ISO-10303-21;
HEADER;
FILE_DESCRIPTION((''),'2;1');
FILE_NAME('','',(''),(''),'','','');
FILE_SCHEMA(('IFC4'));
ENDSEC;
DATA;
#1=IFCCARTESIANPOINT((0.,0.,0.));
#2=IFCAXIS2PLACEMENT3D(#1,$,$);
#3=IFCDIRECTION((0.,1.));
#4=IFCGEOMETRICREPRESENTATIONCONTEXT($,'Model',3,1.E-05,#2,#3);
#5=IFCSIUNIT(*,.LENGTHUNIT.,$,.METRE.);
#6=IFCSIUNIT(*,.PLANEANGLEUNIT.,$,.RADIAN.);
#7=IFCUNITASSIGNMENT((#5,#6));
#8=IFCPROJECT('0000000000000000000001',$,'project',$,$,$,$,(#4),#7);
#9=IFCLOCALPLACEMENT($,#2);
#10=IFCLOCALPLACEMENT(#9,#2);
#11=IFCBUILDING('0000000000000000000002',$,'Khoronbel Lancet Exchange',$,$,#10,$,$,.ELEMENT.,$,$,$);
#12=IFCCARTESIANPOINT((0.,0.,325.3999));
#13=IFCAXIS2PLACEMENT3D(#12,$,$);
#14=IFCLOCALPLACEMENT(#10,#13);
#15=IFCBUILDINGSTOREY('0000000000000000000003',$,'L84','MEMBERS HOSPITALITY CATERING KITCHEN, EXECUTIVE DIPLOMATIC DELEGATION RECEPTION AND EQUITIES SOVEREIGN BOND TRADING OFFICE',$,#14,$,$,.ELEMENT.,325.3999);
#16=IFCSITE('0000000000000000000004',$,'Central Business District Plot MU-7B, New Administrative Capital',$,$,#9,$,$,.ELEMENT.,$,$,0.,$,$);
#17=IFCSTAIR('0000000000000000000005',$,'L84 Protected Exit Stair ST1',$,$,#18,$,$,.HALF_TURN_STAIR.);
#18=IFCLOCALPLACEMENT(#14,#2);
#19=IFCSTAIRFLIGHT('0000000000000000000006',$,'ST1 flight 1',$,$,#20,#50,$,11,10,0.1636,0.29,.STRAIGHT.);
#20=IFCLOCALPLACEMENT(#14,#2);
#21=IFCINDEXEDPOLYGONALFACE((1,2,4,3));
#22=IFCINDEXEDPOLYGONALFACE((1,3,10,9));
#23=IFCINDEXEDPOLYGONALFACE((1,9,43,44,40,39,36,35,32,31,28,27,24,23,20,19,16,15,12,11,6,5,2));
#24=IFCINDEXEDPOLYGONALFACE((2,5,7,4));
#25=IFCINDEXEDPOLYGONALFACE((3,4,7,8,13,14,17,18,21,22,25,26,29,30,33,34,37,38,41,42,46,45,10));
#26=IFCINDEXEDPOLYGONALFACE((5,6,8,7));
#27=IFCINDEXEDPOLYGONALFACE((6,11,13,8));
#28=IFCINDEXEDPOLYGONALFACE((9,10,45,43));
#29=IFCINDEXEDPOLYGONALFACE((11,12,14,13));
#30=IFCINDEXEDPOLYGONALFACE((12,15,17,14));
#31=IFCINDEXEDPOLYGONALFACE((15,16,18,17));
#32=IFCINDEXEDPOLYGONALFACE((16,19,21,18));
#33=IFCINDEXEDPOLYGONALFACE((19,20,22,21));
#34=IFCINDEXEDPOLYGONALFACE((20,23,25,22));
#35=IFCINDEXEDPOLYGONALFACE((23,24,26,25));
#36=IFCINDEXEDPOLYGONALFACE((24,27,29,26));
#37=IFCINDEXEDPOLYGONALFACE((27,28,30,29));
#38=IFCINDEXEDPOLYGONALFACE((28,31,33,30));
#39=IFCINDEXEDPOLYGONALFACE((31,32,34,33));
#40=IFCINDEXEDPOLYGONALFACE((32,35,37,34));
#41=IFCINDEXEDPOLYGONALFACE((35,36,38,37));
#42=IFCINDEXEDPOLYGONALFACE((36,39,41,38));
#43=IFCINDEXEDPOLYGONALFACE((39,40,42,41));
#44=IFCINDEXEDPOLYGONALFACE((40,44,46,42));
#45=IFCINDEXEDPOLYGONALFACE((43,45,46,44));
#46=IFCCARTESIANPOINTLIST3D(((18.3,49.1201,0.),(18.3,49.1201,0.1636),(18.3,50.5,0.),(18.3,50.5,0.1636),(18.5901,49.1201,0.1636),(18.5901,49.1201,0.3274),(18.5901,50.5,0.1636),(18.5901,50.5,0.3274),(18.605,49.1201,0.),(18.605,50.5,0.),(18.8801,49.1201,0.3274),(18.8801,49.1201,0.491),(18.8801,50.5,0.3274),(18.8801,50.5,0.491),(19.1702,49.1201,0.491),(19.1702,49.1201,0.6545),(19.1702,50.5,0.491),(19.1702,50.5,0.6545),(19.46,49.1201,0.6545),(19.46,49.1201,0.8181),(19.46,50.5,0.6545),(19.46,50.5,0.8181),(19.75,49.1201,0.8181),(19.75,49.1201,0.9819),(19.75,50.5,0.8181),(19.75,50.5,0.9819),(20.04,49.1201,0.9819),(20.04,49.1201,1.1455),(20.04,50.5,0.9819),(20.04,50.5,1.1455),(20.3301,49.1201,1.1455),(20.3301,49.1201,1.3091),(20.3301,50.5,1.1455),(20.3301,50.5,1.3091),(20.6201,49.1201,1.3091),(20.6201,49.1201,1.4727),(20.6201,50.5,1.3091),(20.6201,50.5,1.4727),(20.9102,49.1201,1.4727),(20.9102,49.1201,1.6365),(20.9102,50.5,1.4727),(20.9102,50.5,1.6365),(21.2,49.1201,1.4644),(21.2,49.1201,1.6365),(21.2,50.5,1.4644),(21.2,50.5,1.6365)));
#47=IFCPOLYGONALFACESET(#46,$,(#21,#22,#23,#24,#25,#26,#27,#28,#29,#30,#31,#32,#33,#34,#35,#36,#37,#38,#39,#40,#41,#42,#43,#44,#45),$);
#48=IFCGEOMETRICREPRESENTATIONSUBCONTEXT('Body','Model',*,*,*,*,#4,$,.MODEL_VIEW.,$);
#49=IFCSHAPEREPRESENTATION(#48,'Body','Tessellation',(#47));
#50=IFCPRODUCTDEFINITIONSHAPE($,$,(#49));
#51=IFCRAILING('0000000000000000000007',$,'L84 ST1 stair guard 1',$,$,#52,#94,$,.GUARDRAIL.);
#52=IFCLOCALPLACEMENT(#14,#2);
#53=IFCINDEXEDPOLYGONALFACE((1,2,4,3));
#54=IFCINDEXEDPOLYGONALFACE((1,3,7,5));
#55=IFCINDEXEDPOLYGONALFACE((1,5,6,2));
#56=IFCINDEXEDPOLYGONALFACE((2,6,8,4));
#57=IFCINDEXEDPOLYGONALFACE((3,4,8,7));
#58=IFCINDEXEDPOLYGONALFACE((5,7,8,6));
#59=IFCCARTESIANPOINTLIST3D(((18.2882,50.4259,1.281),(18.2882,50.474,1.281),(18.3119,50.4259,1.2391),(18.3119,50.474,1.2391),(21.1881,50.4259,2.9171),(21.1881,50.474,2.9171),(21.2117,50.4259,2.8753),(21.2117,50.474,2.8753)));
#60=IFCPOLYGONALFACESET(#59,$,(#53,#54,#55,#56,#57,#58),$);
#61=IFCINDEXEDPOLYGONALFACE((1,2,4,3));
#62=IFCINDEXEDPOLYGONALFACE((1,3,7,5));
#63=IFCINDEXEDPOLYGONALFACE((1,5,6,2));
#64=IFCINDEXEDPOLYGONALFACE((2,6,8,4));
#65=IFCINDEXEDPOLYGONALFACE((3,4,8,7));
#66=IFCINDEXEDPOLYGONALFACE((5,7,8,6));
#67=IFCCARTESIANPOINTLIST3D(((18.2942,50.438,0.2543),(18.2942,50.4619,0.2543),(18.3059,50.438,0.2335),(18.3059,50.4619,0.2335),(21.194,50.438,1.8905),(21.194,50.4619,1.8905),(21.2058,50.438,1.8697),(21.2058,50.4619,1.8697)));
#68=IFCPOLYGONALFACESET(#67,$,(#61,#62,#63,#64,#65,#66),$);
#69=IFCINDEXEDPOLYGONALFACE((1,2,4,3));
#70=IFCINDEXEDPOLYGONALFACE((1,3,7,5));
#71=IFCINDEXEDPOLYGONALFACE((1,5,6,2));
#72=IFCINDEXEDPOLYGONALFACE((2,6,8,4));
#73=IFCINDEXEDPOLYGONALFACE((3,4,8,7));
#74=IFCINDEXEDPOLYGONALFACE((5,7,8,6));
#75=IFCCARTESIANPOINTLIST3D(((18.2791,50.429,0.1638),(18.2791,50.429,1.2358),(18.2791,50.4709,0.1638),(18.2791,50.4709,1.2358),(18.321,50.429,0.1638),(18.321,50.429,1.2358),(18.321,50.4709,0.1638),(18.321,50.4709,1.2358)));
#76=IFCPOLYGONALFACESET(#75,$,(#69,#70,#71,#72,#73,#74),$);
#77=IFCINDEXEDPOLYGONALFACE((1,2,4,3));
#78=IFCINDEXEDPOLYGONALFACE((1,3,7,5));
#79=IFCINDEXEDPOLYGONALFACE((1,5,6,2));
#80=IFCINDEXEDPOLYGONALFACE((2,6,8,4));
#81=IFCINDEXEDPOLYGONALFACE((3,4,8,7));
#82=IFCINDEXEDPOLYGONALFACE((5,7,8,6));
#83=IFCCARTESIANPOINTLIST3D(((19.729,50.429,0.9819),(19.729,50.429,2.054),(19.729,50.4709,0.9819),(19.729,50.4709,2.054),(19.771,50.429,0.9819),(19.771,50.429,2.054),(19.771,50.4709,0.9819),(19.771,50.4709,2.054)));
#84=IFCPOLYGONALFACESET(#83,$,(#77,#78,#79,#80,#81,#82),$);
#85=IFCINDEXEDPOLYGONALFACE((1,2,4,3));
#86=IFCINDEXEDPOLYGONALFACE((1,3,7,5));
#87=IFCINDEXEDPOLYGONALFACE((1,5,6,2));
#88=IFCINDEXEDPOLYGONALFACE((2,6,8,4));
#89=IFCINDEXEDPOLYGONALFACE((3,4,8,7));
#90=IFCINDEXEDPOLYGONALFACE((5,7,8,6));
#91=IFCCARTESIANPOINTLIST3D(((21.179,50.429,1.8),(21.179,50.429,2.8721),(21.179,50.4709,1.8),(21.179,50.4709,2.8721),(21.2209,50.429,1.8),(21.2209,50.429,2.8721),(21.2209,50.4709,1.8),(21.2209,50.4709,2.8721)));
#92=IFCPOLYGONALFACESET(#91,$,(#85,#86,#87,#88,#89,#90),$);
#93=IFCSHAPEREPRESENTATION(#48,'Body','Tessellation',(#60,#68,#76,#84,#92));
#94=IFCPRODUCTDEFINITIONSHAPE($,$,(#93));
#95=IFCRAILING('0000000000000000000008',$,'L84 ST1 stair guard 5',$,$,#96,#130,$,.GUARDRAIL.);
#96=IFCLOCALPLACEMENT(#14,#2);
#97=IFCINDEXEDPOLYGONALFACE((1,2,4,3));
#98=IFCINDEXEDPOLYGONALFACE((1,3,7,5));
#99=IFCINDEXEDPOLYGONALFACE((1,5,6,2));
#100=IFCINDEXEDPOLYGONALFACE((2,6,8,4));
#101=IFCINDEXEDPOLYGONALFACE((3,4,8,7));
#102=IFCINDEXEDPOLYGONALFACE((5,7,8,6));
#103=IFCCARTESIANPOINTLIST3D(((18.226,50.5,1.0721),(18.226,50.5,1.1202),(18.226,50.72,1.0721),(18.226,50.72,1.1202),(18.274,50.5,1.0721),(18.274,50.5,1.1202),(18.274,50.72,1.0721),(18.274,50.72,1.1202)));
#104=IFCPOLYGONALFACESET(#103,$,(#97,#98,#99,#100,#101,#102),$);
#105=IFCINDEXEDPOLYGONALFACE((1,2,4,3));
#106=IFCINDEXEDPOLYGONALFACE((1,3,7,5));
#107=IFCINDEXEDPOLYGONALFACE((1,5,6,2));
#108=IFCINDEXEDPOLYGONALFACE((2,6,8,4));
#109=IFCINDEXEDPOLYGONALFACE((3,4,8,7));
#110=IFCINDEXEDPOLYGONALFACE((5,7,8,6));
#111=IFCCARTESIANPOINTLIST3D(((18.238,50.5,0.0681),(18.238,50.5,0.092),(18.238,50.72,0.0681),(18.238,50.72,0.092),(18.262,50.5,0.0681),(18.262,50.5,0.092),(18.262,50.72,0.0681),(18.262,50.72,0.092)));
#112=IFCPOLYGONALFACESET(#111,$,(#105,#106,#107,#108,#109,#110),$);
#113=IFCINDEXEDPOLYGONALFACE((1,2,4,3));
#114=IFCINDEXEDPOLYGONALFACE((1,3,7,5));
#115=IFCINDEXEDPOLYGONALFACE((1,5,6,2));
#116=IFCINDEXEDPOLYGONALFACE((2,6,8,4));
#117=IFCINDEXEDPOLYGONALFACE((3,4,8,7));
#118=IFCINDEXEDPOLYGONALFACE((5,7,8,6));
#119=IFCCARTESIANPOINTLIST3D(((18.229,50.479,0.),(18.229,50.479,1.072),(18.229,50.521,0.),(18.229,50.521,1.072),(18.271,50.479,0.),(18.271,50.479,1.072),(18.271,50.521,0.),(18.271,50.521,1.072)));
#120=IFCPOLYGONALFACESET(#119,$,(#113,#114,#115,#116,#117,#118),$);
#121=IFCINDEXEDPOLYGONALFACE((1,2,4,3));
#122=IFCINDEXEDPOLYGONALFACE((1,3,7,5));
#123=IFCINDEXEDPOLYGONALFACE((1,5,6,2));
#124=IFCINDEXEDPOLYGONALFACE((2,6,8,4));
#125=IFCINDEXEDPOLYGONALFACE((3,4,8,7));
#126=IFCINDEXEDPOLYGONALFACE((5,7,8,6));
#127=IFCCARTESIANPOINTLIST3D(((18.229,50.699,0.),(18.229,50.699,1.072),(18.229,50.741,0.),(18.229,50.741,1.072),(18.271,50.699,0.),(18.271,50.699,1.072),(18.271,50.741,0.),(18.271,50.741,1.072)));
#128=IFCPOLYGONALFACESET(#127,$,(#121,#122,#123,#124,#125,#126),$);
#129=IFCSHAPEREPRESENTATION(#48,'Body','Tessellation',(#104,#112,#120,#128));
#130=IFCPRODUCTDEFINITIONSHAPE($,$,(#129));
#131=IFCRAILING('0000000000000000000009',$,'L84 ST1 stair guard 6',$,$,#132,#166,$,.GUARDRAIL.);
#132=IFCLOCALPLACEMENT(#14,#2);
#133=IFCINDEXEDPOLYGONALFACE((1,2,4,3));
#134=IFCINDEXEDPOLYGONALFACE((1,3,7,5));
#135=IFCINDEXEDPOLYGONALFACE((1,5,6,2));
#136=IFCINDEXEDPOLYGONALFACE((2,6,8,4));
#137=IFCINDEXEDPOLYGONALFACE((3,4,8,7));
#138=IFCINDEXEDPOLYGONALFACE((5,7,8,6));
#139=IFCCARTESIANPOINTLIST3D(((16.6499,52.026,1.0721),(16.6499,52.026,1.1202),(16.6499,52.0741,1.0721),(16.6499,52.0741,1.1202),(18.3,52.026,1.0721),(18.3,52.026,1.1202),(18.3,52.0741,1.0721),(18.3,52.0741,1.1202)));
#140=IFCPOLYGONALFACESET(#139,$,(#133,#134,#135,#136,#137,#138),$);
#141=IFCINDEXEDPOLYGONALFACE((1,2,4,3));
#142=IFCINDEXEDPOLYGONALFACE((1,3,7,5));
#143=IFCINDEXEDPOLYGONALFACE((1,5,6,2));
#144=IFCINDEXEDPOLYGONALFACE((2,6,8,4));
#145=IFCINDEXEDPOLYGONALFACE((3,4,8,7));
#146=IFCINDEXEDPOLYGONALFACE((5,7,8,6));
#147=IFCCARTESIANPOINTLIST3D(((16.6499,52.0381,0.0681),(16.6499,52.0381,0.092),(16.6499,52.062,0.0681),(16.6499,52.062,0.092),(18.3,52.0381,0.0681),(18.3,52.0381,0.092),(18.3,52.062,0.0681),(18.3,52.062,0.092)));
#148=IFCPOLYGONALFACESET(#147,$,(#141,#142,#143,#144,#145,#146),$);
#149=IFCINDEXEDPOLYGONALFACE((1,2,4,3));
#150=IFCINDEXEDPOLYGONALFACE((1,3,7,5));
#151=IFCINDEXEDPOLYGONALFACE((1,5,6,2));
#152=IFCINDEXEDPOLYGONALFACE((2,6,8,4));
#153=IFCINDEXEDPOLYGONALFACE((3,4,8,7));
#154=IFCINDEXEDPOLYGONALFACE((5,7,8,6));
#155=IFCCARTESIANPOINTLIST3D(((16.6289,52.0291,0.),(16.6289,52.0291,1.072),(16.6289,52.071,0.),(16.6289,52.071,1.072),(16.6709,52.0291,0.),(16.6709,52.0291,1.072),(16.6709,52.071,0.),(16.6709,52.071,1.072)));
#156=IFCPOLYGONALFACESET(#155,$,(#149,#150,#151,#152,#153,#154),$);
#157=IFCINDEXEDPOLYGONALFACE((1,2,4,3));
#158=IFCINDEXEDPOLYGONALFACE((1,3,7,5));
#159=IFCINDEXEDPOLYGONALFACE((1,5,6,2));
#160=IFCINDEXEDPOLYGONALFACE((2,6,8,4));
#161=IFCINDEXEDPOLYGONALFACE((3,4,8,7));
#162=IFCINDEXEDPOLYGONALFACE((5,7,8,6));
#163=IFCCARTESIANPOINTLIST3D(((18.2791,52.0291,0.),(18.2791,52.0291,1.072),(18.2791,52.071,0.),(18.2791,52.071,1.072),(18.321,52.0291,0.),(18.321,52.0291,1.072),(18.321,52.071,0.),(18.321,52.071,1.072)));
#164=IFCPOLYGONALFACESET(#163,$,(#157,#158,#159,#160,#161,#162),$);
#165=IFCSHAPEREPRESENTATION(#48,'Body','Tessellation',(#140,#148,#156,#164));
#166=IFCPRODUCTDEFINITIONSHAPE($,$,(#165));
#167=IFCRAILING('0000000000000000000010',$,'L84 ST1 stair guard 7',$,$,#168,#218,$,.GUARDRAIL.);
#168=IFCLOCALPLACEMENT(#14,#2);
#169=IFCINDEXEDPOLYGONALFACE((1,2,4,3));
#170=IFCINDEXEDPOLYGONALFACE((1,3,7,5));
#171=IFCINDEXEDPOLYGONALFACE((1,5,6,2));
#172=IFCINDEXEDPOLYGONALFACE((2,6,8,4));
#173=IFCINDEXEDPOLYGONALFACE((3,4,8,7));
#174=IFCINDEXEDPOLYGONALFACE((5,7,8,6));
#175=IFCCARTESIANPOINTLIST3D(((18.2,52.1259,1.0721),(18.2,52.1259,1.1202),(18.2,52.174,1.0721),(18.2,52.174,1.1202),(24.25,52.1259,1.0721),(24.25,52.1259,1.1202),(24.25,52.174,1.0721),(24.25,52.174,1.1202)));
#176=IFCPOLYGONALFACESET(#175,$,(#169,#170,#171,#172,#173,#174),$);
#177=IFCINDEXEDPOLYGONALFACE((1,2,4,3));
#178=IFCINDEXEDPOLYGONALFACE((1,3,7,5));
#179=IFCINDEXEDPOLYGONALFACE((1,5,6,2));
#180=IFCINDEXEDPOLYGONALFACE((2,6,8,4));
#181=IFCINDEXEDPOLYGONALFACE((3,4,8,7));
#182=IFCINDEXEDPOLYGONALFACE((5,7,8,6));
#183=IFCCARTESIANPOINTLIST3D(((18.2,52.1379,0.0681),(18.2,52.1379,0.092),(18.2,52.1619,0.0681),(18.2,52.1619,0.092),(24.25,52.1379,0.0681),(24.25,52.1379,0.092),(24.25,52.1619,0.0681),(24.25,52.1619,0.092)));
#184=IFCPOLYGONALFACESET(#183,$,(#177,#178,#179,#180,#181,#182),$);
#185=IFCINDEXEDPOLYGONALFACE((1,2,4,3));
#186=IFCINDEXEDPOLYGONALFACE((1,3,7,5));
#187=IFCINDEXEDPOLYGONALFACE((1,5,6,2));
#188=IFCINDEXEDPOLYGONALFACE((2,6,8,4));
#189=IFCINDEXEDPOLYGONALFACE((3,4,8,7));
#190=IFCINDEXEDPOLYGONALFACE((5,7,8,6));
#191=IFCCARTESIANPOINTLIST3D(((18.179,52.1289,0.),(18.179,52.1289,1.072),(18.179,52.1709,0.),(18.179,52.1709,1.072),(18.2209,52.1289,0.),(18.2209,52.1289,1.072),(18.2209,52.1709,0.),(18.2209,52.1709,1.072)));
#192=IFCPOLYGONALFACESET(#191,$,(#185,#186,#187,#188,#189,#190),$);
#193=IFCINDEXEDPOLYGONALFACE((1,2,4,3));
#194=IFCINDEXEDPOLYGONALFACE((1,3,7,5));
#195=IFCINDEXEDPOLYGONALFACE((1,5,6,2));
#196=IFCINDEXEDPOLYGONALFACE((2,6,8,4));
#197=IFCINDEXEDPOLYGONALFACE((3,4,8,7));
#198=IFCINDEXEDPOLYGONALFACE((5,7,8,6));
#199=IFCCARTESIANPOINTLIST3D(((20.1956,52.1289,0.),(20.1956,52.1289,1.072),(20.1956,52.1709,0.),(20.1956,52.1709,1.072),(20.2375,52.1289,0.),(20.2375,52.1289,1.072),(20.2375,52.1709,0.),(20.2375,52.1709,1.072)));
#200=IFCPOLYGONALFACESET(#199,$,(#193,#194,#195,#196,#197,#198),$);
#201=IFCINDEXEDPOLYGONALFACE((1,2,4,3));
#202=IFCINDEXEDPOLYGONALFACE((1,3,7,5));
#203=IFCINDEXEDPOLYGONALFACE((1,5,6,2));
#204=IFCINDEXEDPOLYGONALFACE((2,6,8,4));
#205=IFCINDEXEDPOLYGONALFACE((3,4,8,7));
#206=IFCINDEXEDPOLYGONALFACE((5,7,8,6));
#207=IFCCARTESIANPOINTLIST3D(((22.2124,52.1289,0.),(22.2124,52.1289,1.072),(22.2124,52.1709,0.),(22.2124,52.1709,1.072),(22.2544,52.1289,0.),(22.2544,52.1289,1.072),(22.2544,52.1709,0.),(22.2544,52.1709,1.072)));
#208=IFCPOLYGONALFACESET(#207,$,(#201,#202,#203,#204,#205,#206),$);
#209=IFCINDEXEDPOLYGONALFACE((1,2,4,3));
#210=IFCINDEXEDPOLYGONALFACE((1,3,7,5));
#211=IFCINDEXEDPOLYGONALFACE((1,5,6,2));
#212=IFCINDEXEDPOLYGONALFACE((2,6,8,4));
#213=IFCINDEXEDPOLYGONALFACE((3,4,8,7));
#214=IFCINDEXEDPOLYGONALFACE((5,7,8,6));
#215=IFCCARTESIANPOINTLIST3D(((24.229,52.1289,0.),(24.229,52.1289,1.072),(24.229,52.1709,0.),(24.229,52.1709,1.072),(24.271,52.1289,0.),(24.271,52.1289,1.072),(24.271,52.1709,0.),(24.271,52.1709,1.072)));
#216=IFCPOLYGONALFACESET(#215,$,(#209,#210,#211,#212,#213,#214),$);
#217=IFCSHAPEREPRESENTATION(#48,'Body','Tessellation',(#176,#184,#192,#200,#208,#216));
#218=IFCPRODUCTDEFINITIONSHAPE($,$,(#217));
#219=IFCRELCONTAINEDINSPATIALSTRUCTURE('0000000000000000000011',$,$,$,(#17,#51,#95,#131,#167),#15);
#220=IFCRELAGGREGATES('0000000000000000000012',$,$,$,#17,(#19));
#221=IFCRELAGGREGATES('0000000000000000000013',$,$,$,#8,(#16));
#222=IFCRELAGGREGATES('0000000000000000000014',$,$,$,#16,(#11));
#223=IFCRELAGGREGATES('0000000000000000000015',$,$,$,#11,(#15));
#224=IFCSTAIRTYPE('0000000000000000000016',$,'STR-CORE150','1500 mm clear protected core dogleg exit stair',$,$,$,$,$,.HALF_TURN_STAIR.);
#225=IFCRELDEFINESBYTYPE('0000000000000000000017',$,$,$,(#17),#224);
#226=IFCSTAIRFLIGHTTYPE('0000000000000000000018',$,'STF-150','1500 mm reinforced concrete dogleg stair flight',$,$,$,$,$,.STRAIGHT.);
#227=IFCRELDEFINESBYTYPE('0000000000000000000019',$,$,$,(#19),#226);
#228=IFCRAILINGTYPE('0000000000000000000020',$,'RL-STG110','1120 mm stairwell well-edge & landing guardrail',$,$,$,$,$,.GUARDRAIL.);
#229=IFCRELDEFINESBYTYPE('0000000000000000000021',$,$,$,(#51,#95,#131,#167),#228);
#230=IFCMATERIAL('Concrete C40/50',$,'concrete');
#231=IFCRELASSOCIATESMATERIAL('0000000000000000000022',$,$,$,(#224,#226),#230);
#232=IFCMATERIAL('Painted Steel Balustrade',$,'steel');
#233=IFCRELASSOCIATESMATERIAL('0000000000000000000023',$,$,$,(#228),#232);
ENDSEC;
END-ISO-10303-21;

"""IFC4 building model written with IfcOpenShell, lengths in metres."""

from ifc_helpers import new_model, si_unit, direction, frame, origin, origin_2d, place, context, subcontext, project, spatial, polyline, rectangle, outline, extrude, material, type_object, element, aggregate, save


model = new_model("IFC4")

# Units and contexts
model_context = context("Model", 3, precision=1e-05, world=origin(), true_north=direction((0.0, 1.0)))
body_context = subcontext(model_context, "Body", "Model", "MODEL_VIEW")
ifc_project = project(units=[si_unit("LENGTHUNIT", "METRE"), si_unit("PLANEANGLEUNIT", "RADIAN")], contexts=[model_context])

# Site, building, storey
site_placement = place(None, origin())
site = spatial("IfcSite", under=ifc_project, at=site_placement, Name="Central Business District Plot MU-7B, New Administrative Capital", CompositionType="ELEMENT", RefElevation=0.0)
building_placement = place(site_placement, origin())
building = spatial("IfcBuilding", under=site, at=building_placement, Name="Khoronbel Lancet Exchange", CompositionType="ELEMENT")
storey_placement = place(building_placement, frame((0.0, 0.0, 325.3999)))
storey = spatial("IfcBuildingStorey", under=building, at=storey_placement, Name="L84", Description="MEMBERS HOSPITALITY CATERING KITCHEN, EXECUTIVE DIPLOMATIC DELEGATION RECEPTION AND EQUITIES SOVEREIGN BOND TRADING OFFICE", CompositionType="ELEMENT", Elevation=325.3999)

# Stair, stair flight
ifc_material_1 = material(Name="Concrete C40/50", Category="concrete")
stair_type = type_object("IfcStairType", Name="STR-CORE150", Description="1500 mm clear protected core dogleg exit stair", PredefinedType="HALF_TURN_STAIR", material=ifc_material_1)
stair_placement = place(storey_placement, origin())
stair = element("IfcStair", 1, at=stair_placement, inside=storey, type_object=stair_type, Name="L84 Protected Exit Stair ST1", PredefinedType="HALF_TURN_STAIR")
stair_flight_type = type_object("IfcStairFlightType", Name="STF-150", Description="1500 mm reinforced concrete dogleg stair flight", PredefinedType="STRAIGHT", material=ifc_material_1)
stair_flight_placement = place(storey_placement, frame((18.3, 49.8101, 0.0), z_axis=(0.0, 0.0, 1.0), x_axis=(1.0, 0.0, 0.0)))
stair_flight = element("IfcStairFlight", 2, at=stair_flight_placement, type_object=stair_flight_type, Name="ST1 flight 1", NumberOfRisers=11, NumberOfTreads=10, PredefinedType="STRAIGHT", RiserHeight=0.1636, TreadLength=0.29, context=body_context, shape_type="SweptSolid", body=[
    extrude(outline(polyline([(0.0, 0.0), (0.0, 0.1636), (0.29, 0.1636), (0.29, 0.3274), (0.5801, 0.3274), (0.5801, 0.491), (0.8701, 0.491), (0.8701, 0.6545), (1.1599, 0.6545), (1.1599, 0.8181), (1.45, 0.8181), (1.45, 0.9819), (1.74, 0.9819), (1.74, 1.1455), (2.03, 1.1455), (2.03, 1.3091), (2.3201, 1.3091), (2.3201, 1.4727), (2.6101, 1.4727), (2.6101, 1.6365), (2.8999, 1.6365), (2.8999, 1.8), (2.8999, 1.4644), (0.3049, 0.0), (0.0, 0.0)])), frame((0.0, 0.6899, 0.0), z_axis=(0.0, -1.0, 0.0), x_axis=(1.0, 0.0, 0.0)), (0.0, 0.0, 1.0), 1.3799),
])
aggregate(stair, [stair_flight])

# Railings
ifc_material_2 = material(Name="Painted Steel Balustrade", Category="steel")
railing_type_1 = type_object("IfcRailingType", Name="RL-STG110", Description="1120 mm stairwell well-edge & landing guardrail", PredefinedType="GUARDRAIL", material=ifc_material_2)
railing_1_placement = place(storey_placement, frame((18.3, 50.45, 0.1638)))
element("IfcRailing", 3, at=railing_1_placement, inside=storey, type_object=railing_type_1, Name="L84 ST1 stair guard 1", PredefinedType="GUARDRAIL", context=body_context, shape_type="SweptSolid", body=[
    extrude(rectangle(XDim=0.0481, YDim=0.0481, at=origin_2d()), frame((0.0, 0.0, 1.0962), z_axis=(0.870929, 0.0, 0.49141), x_axis=(0.0, 1.0, 0.0)), (0.0, 0.0, 1.0), 3.3296),
    extrude(rectangle(XDim=0.0239, YDim=0.0239, at=origin_2d()), frame((0.0, 0.0, 0.0801), z_axis=(0.870929, 0.0, 0.49141), x_axis=(0.0, 1.0, 0.0)), (0.0, 0.0, 1.0), 3.3296),
    extrude(rectangle(XDim=0.042, YDim=0.042, at=origin_2d()), origin(), (0.0, 0.0, 1.0), 1.072),
    extrude(rectangle(XDim=0.042, YDim=0.042, at=origin_2d()), frame((1.45, 0.0, 0.8181)), (0.0, 0.0, 1.0), 1.072),
    extrude(rectangle(XDim=0.042, YDim=0.042, at=origin_2d()), frame((2.8999, 0.0, 1.6362)), (0.0, 0.0, 1.0), 1.072),
])
railing_2_placement = place(storey_placement, frame((18.25, 50.5, 0.0)))
element("IfcRailing", 4, at=railing_2_placement, inside=storey, type_object=railing_type_1, Name="L84 ST1 stair guard 5", PredefinedType="GUARDRAIL", context=body_context, shape_type="SweptSolid", body=[
    extrude(rectangle(XDim=0.0481, YDim=0.0481, at=origin_2d()), frame((0.0, 0.0, 1.0962), z_axis=(0.0, 1.0, 0.0), x_axis=(-1.0, 0.0, 0.0)), (0.0, 0.0, 1.0), 0.22),
    extrude(rectangle(XDim=0.0239, YDim=0.0239, at=origin_2d()), frame((0.0, 0.0, 0.0801), z_axis=(0.0, 1.0, 0.0), x_axis=(-1.0, 0.0, 0.0)), (0.0, 0.0, 1.0), 0.22),
    extrude(rectangle(XDim=0.042, YDim=0.042, at=origin_2d()), origin(), (0.0, 0.0, 1.0), 1.072),
    extrude(rectangle(XDim=0.042, YDim=0.042, at=origin_2d()), frame((0.0, 0.22, 0.0)), (0.0, 0.0, 1.0), 1.072),
])
railing_3_placement = place(storey_placement, frame((16.6499, 52.05, 0.0)))
element("IfcRailing", 5, at=railing_3_placement, inside=storey, type_object=railing_type_1, Name="L84 ST1 stair guard 6", PredefinedType="GUARDRAIL", context=body_context, shape_type="SweptSolid", body=[
    extrude(rectangle(XDim=0.0481, YDim=0.0481, at=origin_2d()), frame((0.0, 0.0, 1.0962), z_axis=(1.0, 0.0, 0.0), x_axis=(0.0, 1.0, 0.0)), (0.0, 0.0, 1.0), 1.6501),
    extrude(rectangle(XDim=0.0239, YDim=0.0239, at=origin_2d()), frame((0.0, 0.0, 0.0801), z_axis=(1.0, 0.0, 0.0), x_axis=(0.0, 1.0, 0.0)), (0.0, 0.0, 1.0), 1.6501),
    extrude(rectangle(XDim=0.042, YDim=0.042, at=origin_2d()), origin(), (0.0, 0.0, 1.0), 1.072),
    extrude(rectangle(XDim=0.042, YDim=0.042, at=origin_2d()), frame((1.6501, 0.0, 0.0)), (0.0, 0.0, 1.0), 1.072),
])
railing_4_placement = place(storey_placement, frame((18.2, 52.1499, 0.0)))
element("IfcRailing", 6, at=railing_4_placement, inside=storey, type_object=railing_type_1, Name="L84 ST1 stair guard 7", PredefinedType="GUARDRAIL", context=body_context, shape_type="SweptSolid", body=[
    extrude(rectangle(XDim=0.0481, YDim=0.0481, at=origin_2d()), frame((0.0, 0.0, 1.0962), z_axis=(1.0, 0.0, 0.0), x_axis=(0.0, 1.0, 0.0)), (0.0, 0.0, 1.0), 6.05),
    extrude(rectangle(XDim=0.0239, YDim=0.0239, at=origin_2d()), frame((0.0, 0.0, 0.0801), z_axis=(1.0, 0.0, 0.0), x_axis=(0.0, 1.0, 0.0)), (0.0, 0.0, 1.0), 6.05),
    extrude(rectangle(XDim=0.042, YDim=0.042, at=origin_2d()), origin(), (0.0, 0.0, 1.0), 1.072),
    extrude(rectangle(XDim=0.042, YDim=0.042, at=origin_2d()), frame((2.0166, 0.0, 0.0)), (0.0, 0.0, 1.0), 1.072),
    extrude(rectangle(XDim=0.042, YDim=0.042, at=origin_2d()), frame((4.0334, 0.0, 0.0)), (0.0, 0.0, 1.0), 1.072),
    extrude(rectangle(XDim=0.042, YDim=0.042, at=origin_2d()), frame((6.05, 0.0, 0.0)), (0.0, 0.0, 1.0), 1.072),
])

save(model, "model.ifc")
